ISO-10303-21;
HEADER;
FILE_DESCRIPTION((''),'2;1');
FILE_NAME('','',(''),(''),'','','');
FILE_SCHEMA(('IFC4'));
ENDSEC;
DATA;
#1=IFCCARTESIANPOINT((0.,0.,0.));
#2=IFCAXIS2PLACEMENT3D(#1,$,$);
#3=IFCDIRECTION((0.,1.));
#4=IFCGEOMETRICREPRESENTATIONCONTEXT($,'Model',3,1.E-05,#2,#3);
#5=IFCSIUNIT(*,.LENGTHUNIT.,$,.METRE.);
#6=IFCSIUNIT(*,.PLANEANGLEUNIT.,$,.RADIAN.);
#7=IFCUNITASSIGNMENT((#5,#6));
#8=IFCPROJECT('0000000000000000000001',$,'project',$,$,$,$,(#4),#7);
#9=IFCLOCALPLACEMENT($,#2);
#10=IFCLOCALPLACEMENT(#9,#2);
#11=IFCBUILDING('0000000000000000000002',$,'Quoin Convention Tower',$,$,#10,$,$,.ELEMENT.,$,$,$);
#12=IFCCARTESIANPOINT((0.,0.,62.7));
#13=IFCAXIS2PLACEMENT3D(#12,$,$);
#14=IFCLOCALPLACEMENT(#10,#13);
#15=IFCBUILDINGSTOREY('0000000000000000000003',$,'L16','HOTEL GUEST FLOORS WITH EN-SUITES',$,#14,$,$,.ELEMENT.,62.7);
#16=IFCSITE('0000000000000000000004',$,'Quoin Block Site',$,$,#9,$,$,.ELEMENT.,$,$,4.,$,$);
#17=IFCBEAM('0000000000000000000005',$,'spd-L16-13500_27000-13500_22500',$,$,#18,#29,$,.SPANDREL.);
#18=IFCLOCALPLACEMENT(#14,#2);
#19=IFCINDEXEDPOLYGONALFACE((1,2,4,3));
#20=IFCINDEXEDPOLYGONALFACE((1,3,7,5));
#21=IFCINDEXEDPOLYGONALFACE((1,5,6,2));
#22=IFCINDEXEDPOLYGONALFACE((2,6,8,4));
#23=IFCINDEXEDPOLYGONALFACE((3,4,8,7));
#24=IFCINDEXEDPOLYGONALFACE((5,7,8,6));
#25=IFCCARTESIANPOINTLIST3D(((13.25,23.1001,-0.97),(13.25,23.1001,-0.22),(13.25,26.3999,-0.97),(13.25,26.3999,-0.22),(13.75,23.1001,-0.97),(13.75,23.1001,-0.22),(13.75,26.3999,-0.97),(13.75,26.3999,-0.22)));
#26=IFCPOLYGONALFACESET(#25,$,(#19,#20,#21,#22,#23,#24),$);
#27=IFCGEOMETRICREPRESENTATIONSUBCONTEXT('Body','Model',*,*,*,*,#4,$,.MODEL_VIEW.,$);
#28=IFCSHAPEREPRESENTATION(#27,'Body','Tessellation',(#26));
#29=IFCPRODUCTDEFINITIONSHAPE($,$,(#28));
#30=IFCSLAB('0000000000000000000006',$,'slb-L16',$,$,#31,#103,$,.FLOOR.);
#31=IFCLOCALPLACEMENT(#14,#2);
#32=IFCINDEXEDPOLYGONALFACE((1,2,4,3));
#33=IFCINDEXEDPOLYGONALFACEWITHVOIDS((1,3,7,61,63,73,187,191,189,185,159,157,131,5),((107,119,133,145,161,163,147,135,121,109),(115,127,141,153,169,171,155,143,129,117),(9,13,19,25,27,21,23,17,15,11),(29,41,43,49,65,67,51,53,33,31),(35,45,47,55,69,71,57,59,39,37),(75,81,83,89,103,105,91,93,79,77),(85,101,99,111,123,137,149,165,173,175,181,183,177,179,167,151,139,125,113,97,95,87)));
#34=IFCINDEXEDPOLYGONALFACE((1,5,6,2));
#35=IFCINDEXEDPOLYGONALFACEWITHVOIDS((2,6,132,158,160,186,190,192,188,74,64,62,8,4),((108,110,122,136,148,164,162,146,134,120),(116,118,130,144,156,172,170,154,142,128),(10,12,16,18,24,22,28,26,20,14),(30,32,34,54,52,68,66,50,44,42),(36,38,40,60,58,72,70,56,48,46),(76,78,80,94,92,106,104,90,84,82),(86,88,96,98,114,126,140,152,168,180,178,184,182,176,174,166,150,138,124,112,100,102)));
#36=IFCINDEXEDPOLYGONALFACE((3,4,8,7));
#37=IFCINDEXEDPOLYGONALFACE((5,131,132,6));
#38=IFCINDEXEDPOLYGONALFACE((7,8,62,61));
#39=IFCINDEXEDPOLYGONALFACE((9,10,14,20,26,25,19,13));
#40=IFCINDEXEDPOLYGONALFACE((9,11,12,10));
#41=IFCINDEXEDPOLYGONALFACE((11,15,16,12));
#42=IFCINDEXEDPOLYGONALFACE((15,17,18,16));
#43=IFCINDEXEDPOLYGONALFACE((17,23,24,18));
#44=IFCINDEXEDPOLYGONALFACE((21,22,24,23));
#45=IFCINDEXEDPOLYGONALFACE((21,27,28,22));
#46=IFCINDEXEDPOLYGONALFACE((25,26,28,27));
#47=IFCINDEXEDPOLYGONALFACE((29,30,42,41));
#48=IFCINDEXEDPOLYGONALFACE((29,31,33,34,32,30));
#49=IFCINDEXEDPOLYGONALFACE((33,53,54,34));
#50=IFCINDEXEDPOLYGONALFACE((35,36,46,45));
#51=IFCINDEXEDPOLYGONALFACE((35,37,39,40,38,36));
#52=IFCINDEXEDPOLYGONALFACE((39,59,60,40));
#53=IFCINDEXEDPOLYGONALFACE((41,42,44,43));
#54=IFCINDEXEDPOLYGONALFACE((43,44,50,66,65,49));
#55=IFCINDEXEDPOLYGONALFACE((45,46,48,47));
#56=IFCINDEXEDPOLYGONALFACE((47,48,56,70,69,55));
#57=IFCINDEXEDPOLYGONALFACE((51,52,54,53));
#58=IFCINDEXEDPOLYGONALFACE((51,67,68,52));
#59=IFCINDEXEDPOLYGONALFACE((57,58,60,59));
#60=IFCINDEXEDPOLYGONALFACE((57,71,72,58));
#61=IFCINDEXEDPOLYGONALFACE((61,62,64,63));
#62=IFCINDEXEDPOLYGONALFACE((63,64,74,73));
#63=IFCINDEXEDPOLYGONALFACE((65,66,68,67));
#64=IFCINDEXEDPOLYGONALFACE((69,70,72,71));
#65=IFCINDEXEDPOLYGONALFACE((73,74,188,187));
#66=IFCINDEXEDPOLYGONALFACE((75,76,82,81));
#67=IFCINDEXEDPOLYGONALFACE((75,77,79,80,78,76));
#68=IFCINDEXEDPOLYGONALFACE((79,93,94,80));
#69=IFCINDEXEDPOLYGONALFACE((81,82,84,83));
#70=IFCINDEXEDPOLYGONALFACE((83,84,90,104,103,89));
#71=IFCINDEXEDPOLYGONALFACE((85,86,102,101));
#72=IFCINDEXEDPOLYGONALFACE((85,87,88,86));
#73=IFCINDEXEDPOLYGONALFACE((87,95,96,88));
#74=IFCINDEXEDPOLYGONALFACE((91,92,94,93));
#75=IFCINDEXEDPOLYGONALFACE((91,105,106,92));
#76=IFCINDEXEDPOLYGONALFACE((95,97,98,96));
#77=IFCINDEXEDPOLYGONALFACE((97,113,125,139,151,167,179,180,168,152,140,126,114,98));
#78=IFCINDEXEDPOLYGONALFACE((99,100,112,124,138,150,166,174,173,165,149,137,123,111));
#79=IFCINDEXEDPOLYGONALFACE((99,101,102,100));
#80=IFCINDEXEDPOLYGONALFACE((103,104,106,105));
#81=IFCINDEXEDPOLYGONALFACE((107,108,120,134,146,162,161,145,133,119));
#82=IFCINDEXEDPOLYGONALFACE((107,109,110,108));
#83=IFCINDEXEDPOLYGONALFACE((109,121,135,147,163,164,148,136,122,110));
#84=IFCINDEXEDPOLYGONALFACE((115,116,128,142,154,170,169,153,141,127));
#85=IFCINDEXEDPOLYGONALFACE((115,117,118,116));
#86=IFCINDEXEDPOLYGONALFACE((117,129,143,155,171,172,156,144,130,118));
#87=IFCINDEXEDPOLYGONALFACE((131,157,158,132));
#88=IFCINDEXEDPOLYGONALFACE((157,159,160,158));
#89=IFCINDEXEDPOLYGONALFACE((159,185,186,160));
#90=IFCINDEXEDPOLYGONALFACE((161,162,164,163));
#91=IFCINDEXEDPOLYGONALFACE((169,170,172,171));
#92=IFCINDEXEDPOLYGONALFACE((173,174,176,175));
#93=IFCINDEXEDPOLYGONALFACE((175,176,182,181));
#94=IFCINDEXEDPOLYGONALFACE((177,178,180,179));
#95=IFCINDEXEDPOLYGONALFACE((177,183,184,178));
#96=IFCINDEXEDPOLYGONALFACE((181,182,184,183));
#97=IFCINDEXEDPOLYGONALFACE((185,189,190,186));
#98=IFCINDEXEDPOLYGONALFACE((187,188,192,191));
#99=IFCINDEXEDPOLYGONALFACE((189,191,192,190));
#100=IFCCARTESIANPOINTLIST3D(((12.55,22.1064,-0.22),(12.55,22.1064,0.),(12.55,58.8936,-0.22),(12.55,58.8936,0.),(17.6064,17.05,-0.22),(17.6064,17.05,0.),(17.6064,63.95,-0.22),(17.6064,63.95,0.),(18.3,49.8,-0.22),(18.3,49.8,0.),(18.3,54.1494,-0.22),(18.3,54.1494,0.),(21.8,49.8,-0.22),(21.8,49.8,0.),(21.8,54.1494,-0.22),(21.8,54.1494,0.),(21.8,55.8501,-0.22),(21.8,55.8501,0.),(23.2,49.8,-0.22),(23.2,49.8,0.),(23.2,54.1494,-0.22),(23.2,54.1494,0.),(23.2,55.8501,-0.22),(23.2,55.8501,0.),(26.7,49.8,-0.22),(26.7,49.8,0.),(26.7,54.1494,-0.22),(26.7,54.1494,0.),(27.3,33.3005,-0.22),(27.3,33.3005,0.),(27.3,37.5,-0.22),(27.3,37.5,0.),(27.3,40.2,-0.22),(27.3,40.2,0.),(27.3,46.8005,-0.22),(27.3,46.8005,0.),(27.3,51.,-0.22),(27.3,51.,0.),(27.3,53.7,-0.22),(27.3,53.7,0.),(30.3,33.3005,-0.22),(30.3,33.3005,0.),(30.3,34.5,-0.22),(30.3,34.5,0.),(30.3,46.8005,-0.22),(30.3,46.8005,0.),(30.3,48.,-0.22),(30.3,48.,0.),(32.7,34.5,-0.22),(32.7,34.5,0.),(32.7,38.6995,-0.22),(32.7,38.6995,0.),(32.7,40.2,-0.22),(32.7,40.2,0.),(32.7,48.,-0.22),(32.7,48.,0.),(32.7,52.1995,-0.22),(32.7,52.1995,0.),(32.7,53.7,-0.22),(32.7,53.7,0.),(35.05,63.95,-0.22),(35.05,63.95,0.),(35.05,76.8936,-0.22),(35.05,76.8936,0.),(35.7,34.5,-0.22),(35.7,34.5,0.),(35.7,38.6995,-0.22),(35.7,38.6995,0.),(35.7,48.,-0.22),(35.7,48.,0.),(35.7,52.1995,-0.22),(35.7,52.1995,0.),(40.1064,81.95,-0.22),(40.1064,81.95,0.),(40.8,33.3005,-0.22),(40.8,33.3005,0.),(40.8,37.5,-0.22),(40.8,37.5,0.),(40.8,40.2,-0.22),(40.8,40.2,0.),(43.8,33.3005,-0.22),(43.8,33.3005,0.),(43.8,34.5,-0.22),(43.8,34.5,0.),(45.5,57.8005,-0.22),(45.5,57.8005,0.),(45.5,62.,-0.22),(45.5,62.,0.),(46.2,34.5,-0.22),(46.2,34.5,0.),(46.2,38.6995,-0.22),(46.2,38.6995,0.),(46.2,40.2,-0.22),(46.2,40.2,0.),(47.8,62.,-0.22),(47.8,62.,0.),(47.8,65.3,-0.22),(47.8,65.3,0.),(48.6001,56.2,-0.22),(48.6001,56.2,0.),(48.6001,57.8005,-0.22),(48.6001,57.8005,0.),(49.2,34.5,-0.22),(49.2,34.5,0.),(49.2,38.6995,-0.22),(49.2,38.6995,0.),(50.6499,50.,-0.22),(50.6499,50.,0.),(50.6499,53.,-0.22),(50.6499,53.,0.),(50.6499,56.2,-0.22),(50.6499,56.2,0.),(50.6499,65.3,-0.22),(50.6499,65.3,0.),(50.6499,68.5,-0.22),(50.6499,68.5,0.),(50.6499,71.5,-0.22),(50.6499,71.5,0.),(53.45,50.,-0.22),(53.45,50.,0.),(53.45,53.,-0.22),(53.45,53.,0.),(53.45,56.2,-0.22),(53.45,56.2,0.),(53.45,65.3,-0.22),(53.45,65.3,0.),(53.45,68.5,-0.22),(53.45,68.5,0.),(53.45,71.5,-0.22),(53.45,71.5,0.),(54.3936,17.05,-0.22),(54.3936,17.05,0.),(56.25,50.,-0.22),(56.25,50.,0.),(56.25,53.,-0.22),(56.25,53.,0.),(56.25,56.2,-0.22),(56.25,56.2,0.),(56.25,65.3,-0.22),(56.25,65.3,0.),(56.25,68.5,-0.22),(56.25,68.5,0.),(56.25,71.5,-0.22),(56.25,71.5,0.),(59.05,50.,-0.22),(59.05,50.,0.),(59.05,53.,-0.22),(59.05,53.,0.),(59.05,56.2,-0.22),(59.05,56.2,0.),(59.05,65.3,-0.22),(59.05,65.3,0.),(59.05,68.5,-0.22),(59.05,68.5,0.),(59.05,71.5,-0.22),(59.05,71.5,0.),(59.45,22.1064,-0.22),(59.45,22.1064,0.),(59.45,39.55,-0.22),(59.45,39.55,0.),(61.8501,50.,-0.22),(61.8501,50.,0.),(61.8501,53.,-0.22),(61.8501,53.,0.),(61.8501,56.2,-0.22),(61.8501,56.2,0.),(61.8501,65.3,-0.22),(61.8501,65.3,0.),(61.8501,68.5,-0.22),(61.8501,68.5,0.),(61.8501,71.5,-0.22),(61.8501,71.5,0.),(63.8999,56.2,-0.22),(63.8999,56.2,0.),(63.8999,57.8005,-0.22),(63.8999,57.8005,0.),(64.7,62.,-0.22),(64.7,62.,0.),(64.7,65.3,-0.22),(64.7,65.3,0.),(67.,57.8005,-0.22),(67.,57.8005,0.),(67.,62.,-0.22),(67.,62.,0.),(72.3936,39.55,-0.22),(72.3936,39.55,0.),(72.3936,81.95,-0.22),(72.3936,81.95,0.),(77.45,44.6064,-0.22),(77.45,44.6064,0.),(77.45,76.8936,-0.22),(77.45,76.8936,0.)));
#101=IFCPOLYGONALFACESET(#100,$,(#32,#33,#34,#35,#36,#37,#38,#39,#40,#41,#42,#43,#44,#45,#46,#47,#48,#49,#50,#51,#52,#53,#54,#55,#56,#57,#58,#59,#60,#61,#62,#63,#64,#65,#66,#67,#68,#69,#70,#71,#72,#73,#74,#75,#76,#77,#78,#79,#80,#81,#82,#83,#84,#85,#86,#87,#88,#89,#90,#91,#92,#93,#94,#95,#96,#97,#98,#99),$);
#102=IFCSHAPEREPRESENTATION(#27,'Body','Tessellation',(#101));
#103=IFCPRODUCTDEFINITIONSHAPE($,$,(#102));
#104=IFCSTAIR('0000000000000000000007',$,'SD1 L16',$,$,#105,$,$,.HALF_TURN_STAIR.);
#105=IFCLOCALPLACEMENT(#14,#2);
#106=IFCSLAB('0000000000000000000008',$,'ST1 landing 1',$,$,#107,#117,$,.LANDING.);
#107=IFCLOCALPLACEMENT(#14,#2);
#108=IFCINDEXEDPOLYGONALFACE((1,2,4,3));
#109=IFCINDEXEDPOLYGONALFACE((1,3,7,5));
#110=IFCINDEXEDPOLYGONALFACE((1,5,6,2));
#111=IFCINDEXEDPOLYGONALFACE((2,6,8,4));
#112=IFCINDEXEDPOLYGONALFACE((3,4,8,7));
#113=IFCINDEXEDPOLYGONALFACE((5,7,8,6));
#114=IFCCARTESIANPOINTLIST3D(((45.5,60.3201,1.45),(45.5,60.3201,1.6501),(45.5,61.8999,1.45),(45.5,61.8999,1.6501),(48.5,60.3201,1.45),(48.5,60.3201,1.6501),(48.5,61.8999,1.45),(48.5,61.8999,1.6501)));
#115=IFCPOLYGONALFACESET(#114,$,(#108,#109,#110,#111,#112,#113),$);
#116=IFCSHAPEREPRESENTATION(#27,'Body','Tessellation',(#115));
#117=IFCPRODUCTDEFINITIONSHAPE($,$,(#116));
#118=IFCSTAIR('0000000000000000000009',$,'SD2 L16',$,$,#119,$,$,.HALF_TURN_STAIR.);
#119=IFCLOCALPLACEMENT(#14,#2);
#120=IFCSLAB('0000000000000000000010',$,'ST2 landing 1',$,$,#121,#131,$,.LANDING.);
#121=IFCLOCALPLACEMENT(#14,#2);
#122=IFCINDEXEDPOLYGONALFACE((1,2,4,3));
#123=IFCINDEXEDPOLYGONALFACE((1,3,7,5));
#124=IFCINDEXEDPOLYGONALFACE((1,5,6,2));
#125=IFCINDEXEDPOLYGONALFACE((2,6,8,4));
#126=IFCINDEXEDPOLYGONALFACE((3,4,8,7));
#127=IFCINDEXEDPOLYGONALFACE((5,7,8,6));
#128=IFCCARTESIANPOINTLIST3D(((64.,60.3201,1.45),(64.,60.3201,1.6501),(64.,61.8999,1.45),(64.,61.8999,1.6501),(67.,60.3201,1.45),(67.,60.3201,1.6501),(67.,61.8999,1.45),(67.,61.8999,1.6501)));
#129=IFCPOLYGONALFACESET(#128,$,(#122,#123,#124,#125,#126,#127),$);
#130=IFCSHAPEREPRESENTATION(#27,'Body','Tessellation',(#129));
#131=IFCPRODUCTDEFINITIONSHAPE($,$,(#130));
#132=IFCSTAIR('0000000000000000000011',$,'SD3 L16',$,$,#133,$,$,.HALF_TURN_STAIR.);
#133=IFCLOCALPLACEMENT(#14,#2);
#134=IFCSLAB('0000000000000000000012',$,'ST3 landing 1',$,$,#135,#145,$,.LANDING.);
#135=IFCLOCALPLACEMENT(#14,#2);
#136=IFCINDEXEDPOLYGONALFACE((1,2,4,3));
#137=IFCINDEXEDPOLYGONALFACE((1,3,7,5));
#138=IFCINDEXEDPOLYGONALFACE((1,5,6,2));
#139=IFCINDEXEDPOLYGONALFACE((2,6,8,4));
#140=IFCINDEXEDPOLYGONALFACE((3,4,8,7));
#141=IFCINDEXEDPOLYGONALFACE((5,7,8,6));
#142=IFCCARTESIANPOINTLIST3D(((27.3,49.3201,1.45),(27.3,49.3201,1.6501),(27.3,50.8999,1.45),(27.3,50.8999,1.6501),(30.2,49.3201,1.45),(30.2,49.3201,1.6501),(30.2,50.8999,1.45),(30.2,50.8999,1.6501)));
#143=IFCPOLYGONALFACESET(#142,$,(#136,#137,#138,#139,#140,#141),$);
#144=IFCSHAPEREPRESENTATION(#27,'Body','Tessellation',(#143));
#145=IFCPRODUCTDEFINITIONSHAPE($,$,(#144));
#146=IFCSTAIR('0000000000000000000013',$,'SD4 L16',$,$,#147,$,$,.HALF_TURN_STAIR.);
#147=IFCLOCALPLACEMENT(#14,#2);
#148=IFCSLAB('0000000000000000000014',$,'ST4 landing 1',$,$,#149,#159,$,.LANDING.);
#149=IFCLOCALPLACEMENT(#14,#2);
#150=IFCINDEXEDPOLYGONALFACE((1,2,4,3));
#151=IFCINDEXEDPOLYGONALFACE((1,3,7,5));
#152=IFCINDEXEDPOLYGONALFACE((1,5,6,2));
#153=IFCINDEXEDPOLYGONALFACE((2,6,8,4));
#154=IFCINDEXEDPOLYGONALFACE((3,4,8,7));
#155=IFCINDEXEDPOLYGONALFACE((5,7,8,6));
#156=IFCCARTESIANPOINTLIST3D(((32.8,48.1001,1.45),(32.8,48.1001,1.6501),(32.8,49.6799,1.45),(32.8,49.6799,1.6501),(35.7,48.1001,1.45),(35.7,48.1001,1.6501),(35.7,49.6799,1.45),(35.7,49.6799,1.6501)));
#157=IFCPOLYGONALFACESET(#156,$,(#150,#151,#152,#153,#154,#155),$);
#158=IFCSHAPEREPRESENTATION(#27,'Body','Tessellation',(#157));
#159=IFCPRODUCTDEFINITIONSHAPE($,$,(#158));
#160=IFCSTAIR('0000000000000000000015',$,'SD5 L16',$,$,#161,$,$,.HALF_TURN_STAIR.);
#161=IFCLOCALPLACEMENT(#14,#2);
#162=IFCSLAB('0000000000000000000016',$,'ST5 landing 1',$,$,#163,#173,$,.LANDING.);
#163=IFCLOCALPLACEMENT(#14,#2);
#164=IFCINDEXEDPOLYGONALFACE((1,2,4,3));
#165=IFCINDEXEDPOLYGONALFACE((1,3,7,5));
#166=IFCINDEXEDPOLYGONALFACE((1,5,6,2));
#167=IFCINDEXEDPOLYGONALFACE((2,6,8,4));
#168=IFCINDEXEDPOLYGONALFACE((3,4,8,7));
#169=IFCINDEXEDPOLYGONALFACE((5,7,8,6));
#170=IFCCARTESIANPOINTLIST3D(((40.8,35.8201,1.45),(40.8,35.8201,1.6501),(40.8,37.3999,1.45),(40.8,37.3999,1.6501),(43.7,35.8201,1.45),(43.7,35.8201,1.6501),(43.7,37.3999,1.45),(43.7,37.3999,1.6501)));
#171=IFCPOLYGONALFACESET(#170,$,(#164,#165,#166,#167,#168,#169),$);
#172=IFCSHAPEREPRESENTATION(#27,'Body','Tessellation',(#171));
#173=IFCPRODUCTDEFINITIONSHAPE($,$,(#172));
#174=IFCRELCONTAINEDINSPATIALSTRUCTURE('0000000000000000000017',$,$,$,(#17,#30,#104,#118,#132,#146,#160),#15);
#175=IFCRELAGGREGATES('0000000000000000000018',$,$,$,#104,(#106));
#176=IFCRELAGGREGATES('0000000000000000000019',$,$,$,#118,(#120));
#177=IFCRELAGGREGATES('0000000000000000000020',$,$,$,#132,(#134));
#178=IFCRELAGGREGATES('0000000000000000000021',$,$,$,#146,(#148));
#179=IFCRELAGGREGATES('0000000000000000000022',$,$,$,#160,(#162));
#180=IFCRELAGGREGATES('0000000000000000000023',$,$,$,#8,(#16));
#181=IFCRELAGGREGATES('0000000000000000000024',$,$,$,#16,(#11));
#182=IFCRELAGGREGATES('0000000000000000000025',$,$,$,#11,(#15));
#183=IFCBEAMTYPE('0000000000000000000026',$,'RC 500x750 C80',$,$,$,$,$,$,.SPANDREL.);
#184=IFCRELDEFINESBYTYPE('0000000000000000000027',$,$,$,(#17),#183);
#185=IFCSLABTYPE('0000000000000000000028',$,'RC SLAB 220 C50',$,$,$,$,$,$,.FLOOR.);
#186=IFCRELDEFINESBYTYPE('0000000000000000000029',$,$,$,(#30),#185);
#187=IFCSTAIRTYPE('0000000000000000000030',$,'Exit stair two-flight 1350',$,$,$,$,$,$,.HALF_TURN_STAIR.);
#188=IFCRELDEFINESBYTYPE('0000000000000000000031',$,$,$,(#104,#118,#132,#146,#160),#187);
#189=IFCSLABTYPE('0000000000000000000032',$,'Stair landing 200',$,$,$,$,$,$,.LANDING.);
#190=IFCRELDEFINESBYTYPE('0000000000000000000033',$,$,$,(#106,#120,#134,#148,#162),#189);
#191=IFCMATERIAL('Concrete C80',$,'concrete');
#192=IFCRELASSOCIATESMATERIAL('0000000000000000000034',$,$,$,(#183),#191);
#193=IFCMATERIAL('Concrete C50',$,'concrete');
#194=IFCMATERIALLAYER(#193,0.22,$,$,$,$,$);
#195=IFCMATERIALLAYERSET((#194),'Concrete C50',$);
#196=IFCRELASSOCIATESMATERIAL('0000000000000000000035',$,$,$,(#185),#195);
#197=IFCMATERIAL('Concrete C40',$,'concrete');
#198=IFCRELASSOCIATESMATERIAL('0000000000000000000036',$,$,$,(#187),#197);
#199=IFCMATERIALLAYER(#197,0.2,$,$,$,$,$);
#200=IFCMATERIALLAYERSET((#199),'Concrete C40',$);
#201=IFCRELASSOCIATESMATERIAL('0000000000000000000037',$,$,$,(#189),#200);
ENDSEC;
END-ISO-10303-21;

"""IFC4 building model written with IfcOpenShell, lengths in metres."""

from ifc_helpers import new_model, si_unit, direction, frame, origin, origin_2d, place, context, subcontext, project, spatial, polyline, rectangle, outline, extrude, material, layer, layer_set, material_profile, profile_set, type_object, element, aggregate, save


model = new_model("IFC4")

# Units and contexts
model_context = context("Model", 3, precision=1e-05, world=origin(), true_north=direction((0.0, 1.0)))
body_context = subcontext(model_context, "Body", "Model", "MODEL_VIEW")
ifc_project = project(units=[si_unit("LENGTHUNIT", "METRE"), si_unit("PLANEANGLEUNIT", "RADIAN")], contexts=[model_context])

# Site, building, storey
site_placement = place(None, origin())
site = spatial("IfcSite", under=ifc_project, at=site_placement, Name="Quoin Block Site", CompositionType="ELEMENT", RefElevation=4.0)
building_placement = place(site_placement, origin())
building = spatial("IfcBuilding", under=site, at=building_placement, Name="Quoin Convention Tower", CompositionType="ELEMENT")
storey_placement = place(building_placement, frame((0.0, 0.0, 62.7)))
storey = spatial("IfcBuildingStorey", under=building, at=storey_placement, Name="L16", Description="HOTEL GUEST FLOORS WITH EN-SUITES", CompositionType="ELEMENT", Elevation=62.7)

# Shared definitions
ifc_material_1 = material(Name="Concrete C80", Category="concrete")

# Beam
ifc_material_profile_1 = material_profile(ifc_material_1, rectangle(XDim=0.5, YDim=0.75, at=origin_2d()), Name="RC 500x750")
ifc_profile_set_1 = profile_set([ifc_material_profile_1], Name="Concrete C80")
beam_type_1 = type_object("IfcBeamType", Name="RC 500x750 C80", PredefinedType="SPANDREL", material=ifc_profile_set_1)
for number, where, z_axis, x_axis, name in (
    (1, (13.5, 26.3999, -0.595), (0.0, -1.0, 0.0), (1.0, 0.0, 0.0), "spd-L16-13500_27000-13500_22500"),
):
    element("IfcBeam", number, at=place(storey_placement, frame(where, z_axis=z_axis, x_axis=x_axis)), inside=storey, type_object=beam_type_1, Name=name, PredefinedType="SPANDREL", context=body_context, shape_type="SweptSolid", body=[
        extrude(rectangle(XDim=0.5, YDim=0.75, at=origin_2d()), origin(), (0.0, 0.0, 1.0), 3.2998),
    ])

# Slab
ifc_material_2 = material(Name="Concrete C50", Category="concrete")
ifc_layer_1 = layer(ifc_material_2, 0.22)
ifc_layer_set_1 = layer_set([ifc_layer_1], Name="Concrete C50")
slab_type_1 = type_object("IfcSlabType", Name="RC SLAB 220 C50", PredefinedType="FLOOR", material=ifc_layer_set_1)
slab_1_placement = place(storey_placement, frame((0.0, 0.0, -0.22)))
element("IfcSlab", 2, at=slab_1_placement, inside=storey, type_object=slab_type_1, Name="slb-L16", PredefinedType="FLOOR", context=body_context, shape_type="SweptSolid", body=[
    extrude(outline(polyline([(12.55, 58.8936), (17.6064, 63.95), (35.05, 63.95), (35.05, 76.8936), (40.1064, 81.95), (72.3936, 81.95), (77.45, 76.8936), (77.45, 44.6064), (72.3936, 39.55), (59.45, 39.55), (59.45, 22.1064), (54.3936, 17.05), (17.6064, 17.05), (12.55, 22.1064), (12.55, 58.8936)]), holes=[polyline([(30.3, 33.3005), (30.3, 34.5), (32.7, 34.5), (35.7, 34.5), (35.7, 38.6995), (32.7, 38.6995), (32.7, 40.2), (27.3, 40.2), (27.3, 37.5), (27.3, 33.3005), (30.3, 33.3005)]), polyline([(43.8, 33.3005), (43.8, 34.5), (46.2, 34.5), (49.2, 34.5), (49.2, 38.6995), (46.2, 38.6995), (46.2, 40.2), (40.8, 40.2), (40.8, 37.5), (40.8, 33.3005), (43.8, 33.3005)]), polyline([(27.3, 46.8005), (30.3, 46.8005), (30.3, 48.0), (32.7, 48.0), (35.7, 48.0), (35.7, 52.1995), (32.7, 52.1995), (32.7, 53.7), (27.3, 53.7), (27.3, 51.0), (27.3, 46.8005)]), polyline([(53.45, 50.0), (56.25, 50.0), (59.05, 50.0), (61.8501, 50.0), (61.8501, 53.0), (59.05, 53.0), (56.25, 53.0), (53.45, 53.0), (50.6499, 53.0), (50.6499, 50.0), (53.45, 50.0)]), polyline([(23.2, 49.8), (26.7, 49.8), (26.7, 54.1494), (23.2, 54.1494), (23.2, 55.8501), (21.8, 55.8501), (21.8, 54.1494), (18.3, 54.1494), (18.3, 49.8), (21.8, 49.8), (23.2, 49.8)]), polyline([(45.5, 57.8005), (48.6001, 57.8005), (48.6001, 56.2), (50.6499, 56.2), (53.45, 56.2), (56.25, 56.2), (59.05, 56.2), (61.8501, 56.2), (63.8999, 56.2), (63.8999, 57.8005), (67.0, 57.8005), (67.0, 62.0), (64.7, 62.0), (64.7, 65.3), (61.8501, 65.3), (59.05, 65.3), (56.25, 65.3), (53.45, 65.3), (50.6499, 65.3), (47.8, 65.3), (47.8, 62.0), (45.5, 62.0), (45.5, 57.8005)]), polyline([(59.05, 68.5), (61.8501, 68.5), (61.8501, 71.5), (59.05, 71.5), (56.25, 71.5), (53.45, 71.5), (50.6499, 71.5), (50.6499, 68.5), (53.45, 68.5), (56.25, 68.5), (59.05, 68.5)])]), origin(), (0.0, 0.0, 1.0), 0.22),
])

# Stairs, slabs
ifc_material_3 = material(Name="Concrete C40", Category="concrete")
stair_type_1 = type_object("IfcStairType", Name="Exit stair two-flight 1350", PredefinedType="HALF_TURN_STAIR", material=ifc_material_3)
stair_1_placement = place(storey_placement, origin())
stair_1 = element("IfcStair", 3, at=stair_1_placement, inside=storey, type_object=stair_type_1, Name="SD1 L16", PredefinedType="HALF_TURN_STAIR")
ifc_layer_2 = layer(ifc_material_3, 0.2)
ifc_layer_set_2 = layer_set([ifc_layer_2], Name="Concrete C40")
slab_type_2 = type_object("IfcSlabType", Name="Stair landing 200", PredefinedType="LANDING", material=ifc_layer_set_2)
slab_2_placement = place(storey_placement, frame((0.0, 0.0, 1.45)))
slab_2 = element("IfcSlab", 4, at=slab_2_placement, type_object=slab_type_2, Name="ST1 landing 1", PredefinedType="LANDING", context=body_context, shape_type="SweptSolid", body=[
    extrude(outline(polyline([(45.5, 60.3201), (48.5, 60.3201), (48.5, 61.8999), (45.5, 61.8999), (45.5, 60.3201)])), origin(), (0.0, 0.0, 1.0), 0.2002),
])
aggregate(stair_1, [slab_2])
stair_2_placement = place(storey_placement, origin())
stair_2 = element("IfcStair", 5, at=stair_2_placement, inside=storey, type_object=stair_type_1, Name="SD2 L16", PredefinedType="HALF_TURN_STAIR")
slab_3_placement = place(storey_placement, frame((0.0, 0.0, 1.45)))
slab_3 = element("IfcSlab", 6, at=slab_3_placement, type_object=slab_type_2, Name="ST2 landing 1", PredefinedType="LANDING", context=body_context, shape_type="SweptSolid", body=[
    extrude(outline(polyline([(64.0, 60.3201), (67.0, 60.3201), (67.0, 61.8999), (64.0, 61.8999), (64.0, 60.3201)])), origin(), (0.0, 0.0, 1.0), 0.2002),
])
aggregate(stair_2, [slab_3])
stair_3_placement = place(storey_placement, origin())
stair_3 = element("IfcStair", 7, at=stair_3_placement, inside=storey, type_object=stair_type_1, Name="SD3 L16", PredefinedType="HALF_TURN_STAIR")
slab_4_placement = place(storey_placement, frame((0.0, 0.0, 1.45)))
slab_4 = element("IfcSlab", 8, at=slab_4_placement, type_object=slab_type_2, Name="ST3 landing 1", PredefinedType="LANDING", context=body_context, shape_type="SweptSolid", body=[
    extrude(outline(polyline([(27.3, 49.3201), (30.2, 49.3201), (30.2, 50.8999), (27.3, 50.8999), (27.3, 49.3201)])), origin(), (0.0, 0.0, 1.0), 0.2002),
])
aggregate(stair_3, [slab_4])
stair_4_placement = place(storey_placement, origin())
stair_4 = element("IfcStair", 9, at=stair_4_placement, inside=storey, type_object=stair_type_1, Name="SD4 L16", PredefinedType="HALF_TURN_STAIR")
slab_5_placement = place(storey_placement, frame((0.0, 0.0, 1.45)))
slab_5 = element("IfcSlab", 10, at=slab_5_placement, type_object=slab_type_2, Name="ST4 landing 1", PredefinedType="LANDING", context=body_context, shape_type="SweptSolid", body=[
    extrude(outline(polyline([(35.7, 49.6799), (32.8, 49.6799), (32.8, 48.1001), (35.7, 48.1001), (35.7, 49.6799)])), origin(), (0.0, 0.0, 1.0), 0.2002),
])
aggregate(stair_4, [slab_5])
stair_5_placement = place(storey_placement, origin())
stair_5 = element("IfcStair", 11, at=stair_5_placement, inside=storey, type_object=stair_type_1, Name="SD5 L16", PredefinedType="HALF_TURN_STAIR")
slab_6_placement = place(storey_placement, frame((0.0, 0.0, 1.45)))
slab_6 = element("IfcSlab", 12, at=slab_6_placement, type_object=slab_type_2, Name="ST5 landing 1", PredefinedType="LANDING", context=body_context, shape_type="SweptSolid", body=[
    extrude(outline(polyline([(40.8, 35.8201), (43.7, 35.8201), (43.7, 37.3999), (40.8, 37.3999), (40.8, 35.8201)])), origin(), (0.0, 0.0, 1.0), 0.2002),
])
aggregate(stair_5, [slab_6])

save(model, "model.ifc")
